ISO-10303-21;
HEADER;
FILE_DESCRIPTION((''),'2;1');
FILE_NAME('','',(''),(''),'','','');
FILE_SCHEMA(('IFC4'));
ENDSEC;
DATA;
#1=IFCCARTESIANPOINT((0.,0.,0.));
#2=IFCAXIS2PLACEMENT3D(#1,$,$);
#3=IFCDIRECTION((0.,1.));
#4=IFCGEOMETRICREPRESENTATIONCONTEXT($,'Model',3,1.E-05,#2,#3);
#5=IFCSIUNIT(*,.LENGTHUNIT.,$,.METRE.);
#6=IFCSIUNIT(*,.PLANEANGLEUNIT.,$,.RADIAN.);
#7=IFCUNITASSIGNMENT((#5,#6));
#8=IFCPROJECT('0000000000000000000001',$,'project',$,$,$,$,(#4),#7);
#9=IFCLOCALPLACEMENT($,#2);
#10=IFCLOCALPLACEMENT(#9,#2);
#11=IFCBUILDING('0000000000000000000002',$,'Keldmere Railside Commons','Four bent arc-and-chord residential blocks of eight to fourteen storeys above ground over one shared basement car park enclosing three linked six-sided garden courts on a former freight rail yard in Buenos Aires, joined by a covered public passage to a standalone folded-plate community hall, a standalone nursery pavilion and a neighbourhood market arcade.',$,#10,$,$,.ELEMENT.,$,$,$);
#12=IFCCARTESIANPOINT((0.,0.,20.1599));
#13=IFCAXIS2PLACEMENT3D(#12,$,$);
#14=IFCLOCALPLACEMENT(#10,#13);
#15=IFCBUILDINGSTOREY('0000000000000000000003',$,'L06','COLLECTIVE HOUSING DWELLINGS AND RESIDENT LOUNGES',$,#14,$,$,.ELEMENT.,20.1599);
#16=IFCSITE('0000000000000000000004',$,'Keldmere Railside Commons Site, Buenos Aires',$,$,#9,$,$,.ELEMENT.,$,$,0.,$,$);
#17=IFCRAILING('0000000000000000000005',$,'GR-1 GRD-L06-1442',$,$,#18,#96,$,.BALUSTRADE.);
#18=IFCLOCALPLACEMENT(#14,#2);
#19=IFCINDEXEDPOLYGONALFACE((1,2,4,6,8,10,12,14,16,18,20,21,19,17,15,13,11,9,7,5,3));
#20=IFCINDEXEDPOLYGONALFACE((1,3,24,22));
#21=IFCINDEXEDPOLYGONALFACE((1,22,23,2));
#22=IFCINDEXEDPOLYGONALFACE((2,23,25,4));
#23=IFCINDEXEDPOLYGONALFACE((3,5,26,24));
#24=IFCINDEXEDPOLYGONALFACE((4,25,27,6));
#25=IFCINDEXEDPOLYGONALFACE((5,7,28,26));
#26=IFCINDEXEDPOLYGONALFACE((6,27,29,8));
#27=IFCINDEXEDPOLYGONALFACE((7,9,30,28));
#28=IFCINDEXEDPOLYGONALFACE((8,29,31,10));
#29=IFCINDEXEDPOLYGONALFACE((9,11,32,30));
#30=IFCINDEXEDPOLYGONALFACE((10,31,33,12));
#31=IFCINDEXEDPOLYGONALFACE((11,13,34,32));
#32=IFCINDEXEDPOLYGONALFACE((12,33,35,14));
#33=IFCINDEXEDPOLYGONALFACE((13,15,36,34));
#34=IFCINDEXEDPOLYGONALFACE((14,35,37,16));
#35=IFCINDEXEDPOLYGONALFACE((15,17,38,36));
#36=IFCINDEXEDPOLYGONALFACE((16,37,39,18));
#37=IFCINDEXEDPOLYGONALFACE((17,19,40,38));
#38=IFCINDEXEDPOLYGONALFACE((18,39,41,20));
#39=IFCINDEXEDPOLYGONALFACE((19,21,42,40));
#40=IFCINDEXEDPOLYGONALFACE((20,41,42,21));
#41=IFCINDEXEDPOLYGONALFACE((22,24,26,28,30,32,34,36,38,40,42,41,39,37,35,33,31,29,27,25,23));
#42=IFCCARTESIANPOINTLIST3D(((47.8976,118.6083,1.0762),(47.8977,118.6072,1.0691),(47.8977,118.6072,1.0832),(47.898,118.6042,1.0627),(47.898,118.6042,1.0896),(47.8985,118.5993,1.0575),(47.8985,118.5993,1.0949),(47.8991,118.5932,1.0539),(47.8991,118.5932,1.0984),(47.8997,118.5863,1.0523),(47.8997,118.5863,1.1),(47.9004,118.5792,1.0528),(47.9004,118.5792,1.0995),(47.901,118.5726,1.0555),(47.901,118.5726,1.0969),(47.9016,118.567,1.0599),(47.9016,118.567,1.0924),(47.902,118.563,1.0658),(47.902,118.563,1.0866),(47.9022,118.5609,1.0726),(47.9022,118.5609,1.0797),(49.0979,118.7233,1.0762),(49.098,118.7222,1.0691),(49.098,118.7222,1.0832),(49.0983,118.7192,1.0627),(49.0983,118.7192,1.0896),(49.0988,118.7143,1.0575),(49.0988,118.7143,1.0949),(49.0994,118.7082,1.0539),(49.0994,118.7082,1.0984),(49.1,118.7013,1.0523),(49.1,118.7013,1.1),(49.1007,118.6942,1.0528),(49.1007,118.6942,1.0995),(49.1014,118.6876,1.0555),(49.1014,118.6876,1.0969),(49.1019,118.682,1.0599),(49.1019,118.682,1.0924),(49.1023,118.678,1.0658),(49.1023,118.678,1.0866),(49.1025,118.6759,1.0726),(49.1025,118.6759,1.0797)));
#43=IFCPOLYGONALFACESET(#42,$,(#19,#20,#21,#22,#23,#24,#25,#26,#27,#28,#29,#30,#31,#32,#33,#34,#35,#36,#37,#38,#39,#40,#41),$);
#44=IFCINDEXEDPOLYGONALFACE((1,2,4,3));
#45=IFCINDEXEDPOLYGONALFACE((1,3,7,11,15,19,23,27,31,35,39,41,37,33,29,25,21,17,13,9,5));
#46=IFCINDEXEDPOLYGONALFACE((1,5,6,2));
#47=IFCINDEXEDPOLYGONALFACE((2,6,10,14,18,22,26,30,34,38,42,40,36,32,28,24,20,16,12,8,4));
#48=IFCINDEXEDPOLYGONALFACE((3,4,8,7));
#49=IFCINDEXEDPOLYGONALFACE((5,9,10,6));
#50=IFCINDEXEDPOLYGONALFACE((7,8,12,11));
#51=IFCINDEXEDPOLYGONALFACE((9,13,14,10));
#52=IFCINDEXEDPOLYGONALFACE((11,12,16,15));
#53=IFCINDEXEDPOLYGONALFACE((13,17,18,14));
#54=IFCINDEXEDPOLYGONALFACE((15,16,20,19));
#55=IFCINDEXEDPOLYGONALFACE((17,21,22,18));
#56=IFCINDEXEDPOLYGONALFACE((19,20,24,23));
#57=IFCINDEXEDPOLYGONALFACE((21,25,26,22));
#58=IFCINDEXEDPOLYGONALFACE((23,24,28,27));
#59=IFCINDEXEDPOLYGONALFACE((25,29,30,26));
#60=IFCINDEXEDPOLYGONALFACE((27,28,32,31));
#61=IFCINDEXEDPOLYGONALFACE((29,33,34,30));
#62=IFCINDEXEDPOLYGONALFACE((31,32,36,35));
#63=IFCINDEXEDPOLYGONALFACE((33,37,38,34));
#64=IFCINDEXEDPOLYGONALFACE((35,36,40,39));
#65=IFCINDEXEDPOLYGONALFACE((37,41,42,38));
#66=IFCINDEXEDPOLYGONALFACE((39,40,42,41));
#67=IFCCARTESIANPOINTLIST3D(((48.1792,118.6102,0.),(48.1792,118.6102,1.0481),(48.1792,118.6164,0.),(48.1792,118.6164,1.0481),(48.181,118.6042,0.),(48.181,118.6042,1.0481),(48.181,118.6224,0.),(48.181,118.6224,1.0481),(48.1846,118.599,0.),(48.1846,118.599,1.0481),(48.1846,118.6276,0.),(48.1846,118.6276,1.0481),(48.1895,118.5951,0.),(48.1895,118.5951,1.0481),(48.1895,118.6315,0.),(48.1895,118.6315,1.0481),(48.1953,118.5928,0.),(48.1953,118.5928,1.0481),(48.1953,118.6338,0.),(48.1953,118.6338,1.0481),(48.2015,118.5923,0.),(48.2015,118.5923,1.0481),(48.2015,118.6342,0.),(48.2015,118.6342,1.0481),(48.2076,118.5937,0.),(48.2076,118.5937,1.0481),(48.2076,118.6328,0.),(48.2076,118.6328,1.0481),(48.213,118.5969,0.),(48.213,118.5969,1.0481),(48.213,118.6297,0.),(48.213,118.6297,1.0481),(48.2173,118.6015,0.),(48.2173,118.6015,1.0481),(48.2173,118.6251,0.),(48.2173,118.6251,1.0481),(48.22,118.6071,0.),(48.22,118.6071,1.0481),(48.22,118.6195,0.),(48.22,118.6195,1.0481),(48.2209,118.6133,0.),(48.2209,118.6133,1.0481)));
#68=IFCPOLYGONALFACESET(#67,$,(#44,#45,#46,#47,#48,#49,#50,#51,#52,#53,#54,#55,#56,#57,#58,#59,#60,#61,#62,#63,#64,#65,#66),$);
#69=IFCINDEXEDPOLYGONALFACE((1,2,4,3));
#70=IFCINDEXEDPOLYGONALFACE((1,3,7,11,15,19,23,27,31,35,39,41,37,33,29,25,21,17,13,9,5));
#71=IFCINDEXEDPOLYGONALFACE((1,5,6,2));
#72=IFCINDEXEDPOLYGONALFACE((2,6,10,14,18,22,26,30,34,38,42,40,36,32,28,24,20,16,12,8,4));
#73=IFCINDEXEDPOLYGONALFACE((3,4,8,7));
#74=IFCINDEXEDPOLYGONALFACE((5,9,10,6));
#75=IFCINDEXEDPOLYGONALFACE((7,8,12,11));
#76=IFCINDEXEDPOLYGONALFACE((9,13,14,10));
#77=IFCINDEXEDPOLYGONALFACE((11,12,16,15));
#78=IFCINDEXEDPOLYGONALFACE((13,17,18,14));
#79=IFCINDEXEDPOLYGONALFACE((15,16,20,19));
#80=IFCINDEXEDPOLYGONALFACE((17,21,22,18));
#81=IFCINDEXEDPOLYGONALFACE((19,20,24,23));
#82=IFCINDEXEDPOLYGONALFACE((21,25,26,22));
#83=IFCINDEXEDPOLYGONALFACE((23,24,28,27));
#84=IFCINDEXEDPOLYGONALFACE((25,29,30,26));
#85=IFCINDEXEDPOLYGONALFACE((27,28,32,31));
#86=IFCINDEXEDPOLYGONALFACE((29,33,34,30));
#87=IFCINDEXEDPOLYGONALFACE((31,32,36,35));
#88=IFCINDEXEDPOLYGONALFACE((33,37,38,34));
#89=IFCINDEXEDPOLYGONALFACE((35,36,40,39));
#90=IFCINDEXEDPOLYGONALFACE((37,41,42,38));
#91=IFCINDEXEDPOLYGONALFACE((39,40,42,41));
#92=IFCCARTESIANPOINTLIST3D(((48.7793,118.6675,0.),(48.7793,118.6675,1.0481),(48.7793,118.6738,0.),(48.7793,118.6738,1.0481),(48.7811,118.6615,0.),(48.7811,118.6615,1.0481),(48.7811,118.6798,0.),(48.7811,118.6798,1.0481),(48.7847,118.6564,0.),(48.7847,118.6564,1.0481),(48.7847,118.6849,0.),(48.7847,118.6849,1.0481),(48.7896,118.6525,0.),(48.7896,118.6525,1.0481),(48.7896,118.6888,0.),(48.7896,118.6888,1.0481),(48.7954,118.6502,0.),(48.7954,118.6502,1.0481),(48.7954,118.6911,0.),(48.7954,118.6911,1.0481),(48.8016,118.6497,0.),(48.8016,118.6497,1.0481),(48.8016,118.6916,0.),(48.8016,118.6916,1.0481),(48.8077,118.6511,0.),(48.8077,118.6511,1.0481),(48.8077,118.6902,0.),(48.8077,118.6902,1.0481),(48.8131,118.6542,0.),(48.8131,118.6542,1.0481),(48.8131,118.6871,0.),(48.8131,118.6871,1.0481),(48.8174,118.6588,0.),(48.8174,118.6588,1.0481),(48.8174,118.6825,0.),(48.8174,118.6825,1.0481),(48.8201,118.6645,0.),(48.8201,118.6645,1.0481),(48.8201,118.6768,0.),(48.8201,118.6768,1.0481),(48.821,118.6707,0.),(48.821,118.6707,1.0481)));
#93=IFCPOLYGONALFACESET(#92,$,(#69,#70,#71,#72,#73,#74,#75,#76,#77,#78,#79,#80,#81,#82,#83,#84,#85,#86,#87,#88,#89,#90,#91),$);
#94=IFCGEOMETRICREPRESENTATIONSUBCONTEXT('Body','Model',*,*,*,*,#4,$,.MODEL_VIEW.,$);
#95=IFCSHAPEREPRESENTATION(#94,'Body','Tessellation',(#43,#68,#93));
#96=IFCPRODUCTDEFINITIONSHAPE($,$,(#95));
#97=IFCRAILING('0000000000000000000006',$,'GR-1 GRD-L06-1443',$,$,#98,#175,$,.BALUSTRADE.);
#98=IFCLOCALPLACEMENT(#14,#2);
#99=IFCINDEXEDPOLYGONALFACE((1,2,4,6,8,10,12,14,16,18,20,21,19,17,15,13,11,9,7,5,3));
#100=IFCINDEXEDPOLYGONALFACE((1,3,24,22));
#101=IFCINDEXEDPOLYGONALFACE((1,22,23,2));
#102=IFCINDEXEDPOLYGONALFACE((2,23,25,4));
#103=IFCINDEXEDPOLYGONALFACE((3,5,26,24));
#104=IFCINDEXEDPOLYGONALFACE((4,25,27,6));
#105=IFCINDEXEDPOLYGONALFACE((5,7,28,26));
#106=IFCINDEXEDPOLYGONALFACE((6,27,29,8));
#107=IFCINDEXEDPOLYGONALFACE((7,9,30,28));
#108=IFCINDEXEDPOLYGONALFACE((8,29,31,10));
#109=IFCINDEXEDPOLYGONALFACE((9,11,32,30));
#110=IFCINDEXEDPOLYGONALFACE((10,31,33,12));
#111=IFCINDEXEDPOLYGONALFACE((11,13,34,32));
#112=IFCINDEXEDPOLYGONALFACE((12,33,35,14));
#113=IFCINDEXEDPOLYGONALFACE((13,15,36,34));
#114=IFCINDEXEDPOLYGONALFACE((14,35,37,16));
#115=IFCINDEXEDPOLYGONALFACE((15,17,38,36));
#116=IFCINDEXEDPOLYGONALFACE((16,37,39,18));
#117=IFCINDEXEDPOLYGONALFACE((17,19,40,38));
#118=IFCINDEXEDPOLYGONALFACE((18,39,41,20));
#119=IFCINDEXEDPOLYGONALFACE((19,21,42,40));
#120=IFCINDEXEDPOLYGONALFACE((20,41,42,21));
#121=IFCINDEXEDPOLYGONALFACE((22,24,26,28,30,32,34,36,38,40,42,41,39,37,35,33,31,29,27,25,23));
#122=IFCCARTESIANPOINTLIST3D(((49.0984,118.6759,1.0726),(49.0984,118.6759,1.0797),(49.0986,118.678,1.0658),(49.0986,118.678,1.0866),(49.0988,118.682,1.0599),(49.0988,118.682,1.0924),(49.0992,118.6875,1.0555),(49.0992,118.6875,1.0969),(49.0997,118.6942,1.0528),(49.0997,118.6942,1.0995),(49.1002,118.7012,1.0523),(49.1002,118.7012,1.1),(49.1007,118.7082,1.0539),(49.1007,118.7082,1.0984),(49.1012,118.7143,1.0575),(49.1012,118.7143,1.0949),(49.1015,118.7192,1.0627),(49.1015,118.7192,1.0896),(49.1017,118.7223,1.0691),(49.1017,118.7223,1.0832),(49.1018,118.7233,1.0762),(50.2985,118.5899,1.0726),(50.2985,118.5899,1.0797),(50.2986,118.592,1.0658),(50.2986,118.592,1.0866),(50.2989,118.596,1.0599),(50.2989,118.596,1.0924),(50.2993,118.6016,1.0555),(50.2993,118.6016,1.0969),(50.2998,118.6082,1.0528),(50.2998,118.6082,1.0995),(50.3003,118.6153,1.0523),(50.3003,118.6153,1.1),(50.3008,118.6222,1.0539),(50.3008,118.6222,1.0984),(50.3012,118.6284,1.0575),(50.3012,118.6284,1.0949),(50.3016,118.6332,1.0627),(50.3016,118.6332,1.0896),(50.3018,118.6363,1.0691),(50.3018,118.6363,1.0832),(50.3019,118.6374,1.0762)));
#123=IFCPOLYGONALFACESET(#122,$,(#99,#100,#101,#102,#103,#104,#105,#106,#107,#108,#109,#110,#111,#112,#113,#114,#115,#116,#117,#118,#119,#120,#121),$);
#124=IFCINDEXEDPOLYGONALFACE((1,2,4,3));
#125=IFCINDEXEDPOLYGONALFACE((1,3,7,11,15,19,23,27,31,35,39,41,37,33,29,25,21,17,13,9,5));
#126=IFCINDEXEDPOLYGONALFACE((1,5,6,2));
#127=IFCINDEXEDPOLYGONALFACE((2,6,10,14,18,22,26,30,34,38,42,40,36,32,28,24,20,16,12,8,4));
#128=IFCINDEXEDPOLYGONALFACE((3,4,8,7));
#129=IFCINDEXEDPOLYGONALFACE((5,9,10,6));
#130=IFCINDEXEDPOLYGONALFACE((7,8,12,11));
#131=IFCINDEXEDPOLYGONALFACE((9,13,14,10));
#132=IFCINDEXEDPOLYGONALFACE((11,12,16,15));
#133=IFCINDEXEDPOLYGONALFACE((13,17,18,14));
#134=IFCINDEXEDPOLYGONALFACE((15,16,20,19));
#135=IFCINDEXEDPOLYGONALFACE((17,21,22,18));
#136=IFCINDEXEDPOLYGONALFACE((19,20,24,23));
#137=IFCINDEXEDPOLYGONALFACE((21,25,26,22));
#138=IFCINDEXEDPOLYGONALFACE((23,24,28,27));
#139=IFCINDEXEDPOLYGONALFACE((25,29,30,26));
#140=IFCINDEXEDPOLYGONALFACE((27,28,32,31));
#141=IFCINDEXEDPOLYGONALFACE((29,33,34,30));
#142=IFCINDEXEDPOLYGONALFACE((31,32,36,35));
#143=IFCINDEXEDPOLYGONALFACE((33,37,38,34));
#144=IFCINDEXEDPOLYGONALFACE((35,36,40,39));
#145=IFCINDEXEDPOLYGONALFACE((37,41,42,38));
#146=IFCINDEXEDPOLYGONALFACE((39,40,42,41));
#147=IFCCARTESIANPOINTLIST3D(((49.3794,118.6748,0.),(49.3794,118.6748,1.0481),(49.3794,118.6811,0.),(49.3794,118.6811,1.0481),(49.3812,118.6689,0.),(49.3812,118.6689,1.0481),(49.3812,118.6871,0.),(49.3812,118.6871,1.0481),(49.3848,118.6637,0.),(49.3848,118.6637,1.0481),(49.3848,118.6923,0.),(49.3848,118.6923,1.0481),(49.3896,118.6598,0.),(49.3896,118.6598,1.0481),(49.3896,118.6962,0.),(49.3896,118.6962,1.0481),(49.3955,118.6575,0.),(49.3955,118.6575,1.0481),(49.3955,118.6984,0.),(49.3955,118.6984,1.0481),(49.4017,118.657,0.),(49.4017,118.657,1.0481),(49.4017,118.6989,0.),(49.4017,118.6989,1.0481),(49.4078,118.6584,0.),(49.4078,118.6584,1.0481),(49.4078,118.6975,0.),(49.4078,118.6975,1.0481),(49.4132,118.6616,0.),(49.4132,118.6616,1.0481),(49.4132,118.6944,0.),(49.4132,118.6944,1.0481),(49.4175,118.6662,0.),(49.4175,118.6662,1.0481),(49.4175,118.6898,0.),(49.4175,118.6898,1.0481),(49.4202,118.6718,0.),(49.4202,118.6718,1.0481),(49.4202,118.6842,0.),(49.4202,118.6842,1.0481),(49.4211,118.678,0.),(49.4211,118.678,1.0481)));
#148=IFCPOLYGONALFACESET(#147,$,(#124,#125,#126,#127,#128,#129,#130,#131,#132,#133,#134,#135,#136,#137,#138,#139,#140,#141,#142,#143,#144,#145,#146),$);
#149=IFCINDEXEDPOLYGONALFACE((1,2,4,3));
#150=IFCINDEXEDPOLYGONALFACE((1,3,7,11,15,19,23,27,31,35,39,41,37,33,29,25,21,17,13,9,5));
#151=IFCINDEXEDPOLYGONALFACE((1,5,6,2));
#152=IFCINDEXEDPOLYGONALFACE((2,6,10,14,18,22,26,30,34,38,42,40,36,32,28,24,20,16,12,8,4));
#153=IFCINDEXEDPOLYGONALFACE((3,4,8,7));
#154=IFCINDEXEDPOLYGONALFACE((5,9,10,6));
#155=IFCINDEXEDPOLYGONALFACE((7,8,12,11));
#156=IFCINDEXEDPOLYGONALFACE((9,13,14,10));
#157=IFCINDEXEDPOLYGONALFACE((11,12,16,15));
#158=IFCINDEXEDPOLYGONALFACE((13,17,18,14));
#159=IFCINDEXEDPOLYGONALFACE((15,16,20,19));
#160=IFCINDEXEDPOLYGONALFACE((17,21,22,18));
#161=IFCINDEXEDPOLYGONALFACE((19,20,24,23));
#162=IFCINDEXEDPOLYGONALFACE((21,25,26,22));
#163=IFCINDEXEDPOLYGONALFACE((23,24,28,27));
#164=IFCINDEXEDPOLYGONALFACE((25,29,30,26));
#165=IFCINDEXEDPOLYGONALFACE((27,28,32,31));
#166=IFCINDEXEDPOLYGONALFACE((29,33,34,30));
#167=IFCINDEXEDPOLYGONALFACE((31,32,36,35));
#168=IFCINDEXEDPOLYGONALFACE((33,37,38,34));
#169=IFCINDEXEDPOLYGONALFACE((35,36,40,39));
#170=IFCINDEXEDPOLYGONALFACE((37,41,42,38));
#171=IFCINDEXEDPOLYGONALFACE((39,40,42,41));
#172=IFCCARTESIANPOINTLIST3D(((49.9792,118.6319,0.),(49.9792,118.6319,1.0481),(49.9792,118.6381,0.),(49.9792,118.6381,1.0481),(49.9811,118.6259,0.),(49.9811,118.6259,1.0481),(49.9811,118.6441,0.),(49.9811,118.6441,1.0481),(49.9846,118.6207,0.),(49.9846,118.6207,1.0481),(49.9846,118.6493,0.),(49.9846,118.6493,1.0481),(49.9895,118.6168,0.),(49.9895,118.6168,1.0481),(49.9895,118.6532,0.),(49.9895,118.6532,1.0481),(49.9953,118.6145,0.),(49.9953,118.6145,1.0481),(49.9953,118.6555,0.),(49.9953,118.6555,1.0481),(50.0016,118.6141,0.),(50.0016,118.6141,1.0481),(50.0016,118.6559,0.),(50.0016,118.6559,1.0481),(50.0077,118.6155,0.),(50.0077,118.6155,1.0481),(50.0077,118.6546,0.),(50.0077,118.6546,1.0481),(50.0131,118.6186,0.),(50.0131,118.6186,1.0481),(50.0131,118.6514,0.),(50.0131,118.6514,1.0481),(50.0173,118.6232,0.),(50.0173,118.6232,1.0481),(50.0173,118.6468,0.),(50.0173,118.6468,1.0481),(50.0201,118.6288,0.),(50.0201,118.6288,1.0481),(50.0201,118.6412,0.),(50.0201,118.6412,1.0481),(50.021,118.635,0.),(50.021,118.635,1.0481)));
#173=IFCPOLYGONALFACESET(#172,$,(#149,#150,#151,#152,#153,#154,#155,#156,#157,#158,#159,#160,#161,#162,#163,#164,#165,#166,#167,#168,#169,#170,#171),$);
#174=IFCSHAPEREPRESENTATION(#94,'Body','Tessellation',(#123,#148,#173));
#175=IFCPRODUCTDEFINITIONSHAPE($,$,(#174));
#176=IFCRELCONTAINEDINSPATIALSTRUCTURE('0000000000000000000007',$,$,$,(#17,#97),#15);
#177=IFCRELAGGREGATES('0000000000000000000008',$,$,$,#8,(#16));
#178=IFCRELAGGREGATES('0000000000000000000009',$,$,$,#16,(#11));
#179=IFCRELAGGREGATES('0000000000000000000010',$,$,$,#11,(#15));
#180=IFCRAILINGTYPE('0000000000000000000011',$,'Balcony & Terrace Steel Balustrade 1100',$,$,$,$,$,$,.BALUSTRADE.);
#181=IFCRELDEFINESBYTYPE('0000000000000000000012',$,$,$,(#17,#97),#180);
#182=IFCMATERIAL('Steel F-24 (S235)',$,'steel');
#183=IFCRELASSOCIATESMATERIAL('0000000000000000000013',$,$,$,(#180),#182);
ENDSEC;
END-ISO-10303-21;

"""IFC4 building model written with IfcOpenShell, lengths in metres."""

from ifc_helpers import new_model, si_unit, direction, frame, origin, origin_2d, place, context, subcontext, project, spatial, circle, extrude, material, type_object, element, save


model = new_model("IFC4")

# Units and contexts
model_context = context("Model", 3, precision=1e-05, world=origin(), true_north=direction((0.0, 1.0)))
body_context = subcontext(model_context, "Body", "Model", "MODEL_VIEW")
ifc_project = project(units=[si_unit("LENGTHUNIT", "METRE"), si_unit("PLANEANGLEUNIT", "RADIAN")], contexts=[model_context])

# Site, building, storey
site_placement = place(None, origin())
site = spatial("IfcSite", under=ifc_project, at=site_placement, Name="Keldmere Railside Commons Site, Buenos Aires", CompositionType="ELEMENT", RefElevation=0.0)
building_placement = place(site_placement, origin())
building = spatial("IfcBuilding", under=site, at=building_placement, Name="Keldmere Railside Commons", Description="Four bent arc-and-chord residential blocks of eight to fourteen storeys above ground over one shared basement car park enclosing three linked six-sided garden courts on a former freight rail yard in Buenos Aires, joined by a covered public passage to a standalone folded-plate community hall, a standalone nursery pavilion and a neighbourhood market arcade.", CompositionType="ELEMENT")
storey_placement = place(building_placement, frame((0.0, 0.0, 20.1599)))
storey = spatial("IfcBuildingStorey", under=building, at=storey_placement, Name="L06", Description="COLLECTIVE HOUSING DWELLINGS AND RESIDENT LOUNGES", CompositionType="ELEMENT", Elevation=20.1599)

# Railings
ifc_material_1 = material(Name="Steel F-24 (S235)", Category="steel")
railing_type = type_object("IfcRailingType", Name="Balcony & Terrace Steel Balustrade 1100", PredefinedType="BALUSTRADE", material=ifc_material_1)
railing_1_placement = place(storey_placement, frame((47.8999, 118.5845, 0.0)))
element("IfcRailing", 1, at=railing_1_placement, inside=storey, type_object=railing_type, Name="GR-1 GRD-L06-1442", PredefinedType="BALUSTRADE", context=body_context, shape_type="SweptSolid", body=[
    extrude(circle(Radius=0.0239, at=origin_2d()), frame((0.0, 0.0, 1.0762), z_axis=(0.995442, 0.095373, 0.0), x_axis=(-0.095373, 0.995442, 0.0)), (0.0, 0.0, 1.0), 1.2058),
    extrude(circle(Radius=0.021, at=origin_2d()), frame((0.3, 0.0288, 0.0)), (0.0, 0.0, 1.0), 1.0481),
    extrude(circle(Radius=0.021, at=origin_2d()), frame((0.9001, 0.0862, 0.0)), (0.0, 0.0, 1.0), 1.0481),
])
railing_2_placement = place(storey_placement, frame((49.1001, 118.6995, 0.0)))
element("IfcRailing", 2, at=railing_2_placement, inside=storey, type_object=railing_type, Name="GR-1 GRD-L06-1443", PredefinedType="BALUSTRADE", context=body_context, shape_type="SweptSolid", body=[
    extrude(circle(Radius=0.0239, at=origin_2d()), frame((0.0, 0.0, 1.0762), z_axis=(0.997445, -0.071435, 0.0), x_axis=(0.071435, 0.997445, 0.0)), (0.0, 0.0, 1.0), 1.2031),
    extrude(circle(Radius=0.021, at=origin_2d()), frame((0.3, -0.0215, 0.0)), (0.0, 0.0, 1.0), 1.0481),
    extrude(circle(Radius=0.021, at=origin_2d()), frame((0.8999, -0.0645, 0.0)), (0.0, 0.0, 1.0), 1.0481),
])

save(model, "model.ifc")
